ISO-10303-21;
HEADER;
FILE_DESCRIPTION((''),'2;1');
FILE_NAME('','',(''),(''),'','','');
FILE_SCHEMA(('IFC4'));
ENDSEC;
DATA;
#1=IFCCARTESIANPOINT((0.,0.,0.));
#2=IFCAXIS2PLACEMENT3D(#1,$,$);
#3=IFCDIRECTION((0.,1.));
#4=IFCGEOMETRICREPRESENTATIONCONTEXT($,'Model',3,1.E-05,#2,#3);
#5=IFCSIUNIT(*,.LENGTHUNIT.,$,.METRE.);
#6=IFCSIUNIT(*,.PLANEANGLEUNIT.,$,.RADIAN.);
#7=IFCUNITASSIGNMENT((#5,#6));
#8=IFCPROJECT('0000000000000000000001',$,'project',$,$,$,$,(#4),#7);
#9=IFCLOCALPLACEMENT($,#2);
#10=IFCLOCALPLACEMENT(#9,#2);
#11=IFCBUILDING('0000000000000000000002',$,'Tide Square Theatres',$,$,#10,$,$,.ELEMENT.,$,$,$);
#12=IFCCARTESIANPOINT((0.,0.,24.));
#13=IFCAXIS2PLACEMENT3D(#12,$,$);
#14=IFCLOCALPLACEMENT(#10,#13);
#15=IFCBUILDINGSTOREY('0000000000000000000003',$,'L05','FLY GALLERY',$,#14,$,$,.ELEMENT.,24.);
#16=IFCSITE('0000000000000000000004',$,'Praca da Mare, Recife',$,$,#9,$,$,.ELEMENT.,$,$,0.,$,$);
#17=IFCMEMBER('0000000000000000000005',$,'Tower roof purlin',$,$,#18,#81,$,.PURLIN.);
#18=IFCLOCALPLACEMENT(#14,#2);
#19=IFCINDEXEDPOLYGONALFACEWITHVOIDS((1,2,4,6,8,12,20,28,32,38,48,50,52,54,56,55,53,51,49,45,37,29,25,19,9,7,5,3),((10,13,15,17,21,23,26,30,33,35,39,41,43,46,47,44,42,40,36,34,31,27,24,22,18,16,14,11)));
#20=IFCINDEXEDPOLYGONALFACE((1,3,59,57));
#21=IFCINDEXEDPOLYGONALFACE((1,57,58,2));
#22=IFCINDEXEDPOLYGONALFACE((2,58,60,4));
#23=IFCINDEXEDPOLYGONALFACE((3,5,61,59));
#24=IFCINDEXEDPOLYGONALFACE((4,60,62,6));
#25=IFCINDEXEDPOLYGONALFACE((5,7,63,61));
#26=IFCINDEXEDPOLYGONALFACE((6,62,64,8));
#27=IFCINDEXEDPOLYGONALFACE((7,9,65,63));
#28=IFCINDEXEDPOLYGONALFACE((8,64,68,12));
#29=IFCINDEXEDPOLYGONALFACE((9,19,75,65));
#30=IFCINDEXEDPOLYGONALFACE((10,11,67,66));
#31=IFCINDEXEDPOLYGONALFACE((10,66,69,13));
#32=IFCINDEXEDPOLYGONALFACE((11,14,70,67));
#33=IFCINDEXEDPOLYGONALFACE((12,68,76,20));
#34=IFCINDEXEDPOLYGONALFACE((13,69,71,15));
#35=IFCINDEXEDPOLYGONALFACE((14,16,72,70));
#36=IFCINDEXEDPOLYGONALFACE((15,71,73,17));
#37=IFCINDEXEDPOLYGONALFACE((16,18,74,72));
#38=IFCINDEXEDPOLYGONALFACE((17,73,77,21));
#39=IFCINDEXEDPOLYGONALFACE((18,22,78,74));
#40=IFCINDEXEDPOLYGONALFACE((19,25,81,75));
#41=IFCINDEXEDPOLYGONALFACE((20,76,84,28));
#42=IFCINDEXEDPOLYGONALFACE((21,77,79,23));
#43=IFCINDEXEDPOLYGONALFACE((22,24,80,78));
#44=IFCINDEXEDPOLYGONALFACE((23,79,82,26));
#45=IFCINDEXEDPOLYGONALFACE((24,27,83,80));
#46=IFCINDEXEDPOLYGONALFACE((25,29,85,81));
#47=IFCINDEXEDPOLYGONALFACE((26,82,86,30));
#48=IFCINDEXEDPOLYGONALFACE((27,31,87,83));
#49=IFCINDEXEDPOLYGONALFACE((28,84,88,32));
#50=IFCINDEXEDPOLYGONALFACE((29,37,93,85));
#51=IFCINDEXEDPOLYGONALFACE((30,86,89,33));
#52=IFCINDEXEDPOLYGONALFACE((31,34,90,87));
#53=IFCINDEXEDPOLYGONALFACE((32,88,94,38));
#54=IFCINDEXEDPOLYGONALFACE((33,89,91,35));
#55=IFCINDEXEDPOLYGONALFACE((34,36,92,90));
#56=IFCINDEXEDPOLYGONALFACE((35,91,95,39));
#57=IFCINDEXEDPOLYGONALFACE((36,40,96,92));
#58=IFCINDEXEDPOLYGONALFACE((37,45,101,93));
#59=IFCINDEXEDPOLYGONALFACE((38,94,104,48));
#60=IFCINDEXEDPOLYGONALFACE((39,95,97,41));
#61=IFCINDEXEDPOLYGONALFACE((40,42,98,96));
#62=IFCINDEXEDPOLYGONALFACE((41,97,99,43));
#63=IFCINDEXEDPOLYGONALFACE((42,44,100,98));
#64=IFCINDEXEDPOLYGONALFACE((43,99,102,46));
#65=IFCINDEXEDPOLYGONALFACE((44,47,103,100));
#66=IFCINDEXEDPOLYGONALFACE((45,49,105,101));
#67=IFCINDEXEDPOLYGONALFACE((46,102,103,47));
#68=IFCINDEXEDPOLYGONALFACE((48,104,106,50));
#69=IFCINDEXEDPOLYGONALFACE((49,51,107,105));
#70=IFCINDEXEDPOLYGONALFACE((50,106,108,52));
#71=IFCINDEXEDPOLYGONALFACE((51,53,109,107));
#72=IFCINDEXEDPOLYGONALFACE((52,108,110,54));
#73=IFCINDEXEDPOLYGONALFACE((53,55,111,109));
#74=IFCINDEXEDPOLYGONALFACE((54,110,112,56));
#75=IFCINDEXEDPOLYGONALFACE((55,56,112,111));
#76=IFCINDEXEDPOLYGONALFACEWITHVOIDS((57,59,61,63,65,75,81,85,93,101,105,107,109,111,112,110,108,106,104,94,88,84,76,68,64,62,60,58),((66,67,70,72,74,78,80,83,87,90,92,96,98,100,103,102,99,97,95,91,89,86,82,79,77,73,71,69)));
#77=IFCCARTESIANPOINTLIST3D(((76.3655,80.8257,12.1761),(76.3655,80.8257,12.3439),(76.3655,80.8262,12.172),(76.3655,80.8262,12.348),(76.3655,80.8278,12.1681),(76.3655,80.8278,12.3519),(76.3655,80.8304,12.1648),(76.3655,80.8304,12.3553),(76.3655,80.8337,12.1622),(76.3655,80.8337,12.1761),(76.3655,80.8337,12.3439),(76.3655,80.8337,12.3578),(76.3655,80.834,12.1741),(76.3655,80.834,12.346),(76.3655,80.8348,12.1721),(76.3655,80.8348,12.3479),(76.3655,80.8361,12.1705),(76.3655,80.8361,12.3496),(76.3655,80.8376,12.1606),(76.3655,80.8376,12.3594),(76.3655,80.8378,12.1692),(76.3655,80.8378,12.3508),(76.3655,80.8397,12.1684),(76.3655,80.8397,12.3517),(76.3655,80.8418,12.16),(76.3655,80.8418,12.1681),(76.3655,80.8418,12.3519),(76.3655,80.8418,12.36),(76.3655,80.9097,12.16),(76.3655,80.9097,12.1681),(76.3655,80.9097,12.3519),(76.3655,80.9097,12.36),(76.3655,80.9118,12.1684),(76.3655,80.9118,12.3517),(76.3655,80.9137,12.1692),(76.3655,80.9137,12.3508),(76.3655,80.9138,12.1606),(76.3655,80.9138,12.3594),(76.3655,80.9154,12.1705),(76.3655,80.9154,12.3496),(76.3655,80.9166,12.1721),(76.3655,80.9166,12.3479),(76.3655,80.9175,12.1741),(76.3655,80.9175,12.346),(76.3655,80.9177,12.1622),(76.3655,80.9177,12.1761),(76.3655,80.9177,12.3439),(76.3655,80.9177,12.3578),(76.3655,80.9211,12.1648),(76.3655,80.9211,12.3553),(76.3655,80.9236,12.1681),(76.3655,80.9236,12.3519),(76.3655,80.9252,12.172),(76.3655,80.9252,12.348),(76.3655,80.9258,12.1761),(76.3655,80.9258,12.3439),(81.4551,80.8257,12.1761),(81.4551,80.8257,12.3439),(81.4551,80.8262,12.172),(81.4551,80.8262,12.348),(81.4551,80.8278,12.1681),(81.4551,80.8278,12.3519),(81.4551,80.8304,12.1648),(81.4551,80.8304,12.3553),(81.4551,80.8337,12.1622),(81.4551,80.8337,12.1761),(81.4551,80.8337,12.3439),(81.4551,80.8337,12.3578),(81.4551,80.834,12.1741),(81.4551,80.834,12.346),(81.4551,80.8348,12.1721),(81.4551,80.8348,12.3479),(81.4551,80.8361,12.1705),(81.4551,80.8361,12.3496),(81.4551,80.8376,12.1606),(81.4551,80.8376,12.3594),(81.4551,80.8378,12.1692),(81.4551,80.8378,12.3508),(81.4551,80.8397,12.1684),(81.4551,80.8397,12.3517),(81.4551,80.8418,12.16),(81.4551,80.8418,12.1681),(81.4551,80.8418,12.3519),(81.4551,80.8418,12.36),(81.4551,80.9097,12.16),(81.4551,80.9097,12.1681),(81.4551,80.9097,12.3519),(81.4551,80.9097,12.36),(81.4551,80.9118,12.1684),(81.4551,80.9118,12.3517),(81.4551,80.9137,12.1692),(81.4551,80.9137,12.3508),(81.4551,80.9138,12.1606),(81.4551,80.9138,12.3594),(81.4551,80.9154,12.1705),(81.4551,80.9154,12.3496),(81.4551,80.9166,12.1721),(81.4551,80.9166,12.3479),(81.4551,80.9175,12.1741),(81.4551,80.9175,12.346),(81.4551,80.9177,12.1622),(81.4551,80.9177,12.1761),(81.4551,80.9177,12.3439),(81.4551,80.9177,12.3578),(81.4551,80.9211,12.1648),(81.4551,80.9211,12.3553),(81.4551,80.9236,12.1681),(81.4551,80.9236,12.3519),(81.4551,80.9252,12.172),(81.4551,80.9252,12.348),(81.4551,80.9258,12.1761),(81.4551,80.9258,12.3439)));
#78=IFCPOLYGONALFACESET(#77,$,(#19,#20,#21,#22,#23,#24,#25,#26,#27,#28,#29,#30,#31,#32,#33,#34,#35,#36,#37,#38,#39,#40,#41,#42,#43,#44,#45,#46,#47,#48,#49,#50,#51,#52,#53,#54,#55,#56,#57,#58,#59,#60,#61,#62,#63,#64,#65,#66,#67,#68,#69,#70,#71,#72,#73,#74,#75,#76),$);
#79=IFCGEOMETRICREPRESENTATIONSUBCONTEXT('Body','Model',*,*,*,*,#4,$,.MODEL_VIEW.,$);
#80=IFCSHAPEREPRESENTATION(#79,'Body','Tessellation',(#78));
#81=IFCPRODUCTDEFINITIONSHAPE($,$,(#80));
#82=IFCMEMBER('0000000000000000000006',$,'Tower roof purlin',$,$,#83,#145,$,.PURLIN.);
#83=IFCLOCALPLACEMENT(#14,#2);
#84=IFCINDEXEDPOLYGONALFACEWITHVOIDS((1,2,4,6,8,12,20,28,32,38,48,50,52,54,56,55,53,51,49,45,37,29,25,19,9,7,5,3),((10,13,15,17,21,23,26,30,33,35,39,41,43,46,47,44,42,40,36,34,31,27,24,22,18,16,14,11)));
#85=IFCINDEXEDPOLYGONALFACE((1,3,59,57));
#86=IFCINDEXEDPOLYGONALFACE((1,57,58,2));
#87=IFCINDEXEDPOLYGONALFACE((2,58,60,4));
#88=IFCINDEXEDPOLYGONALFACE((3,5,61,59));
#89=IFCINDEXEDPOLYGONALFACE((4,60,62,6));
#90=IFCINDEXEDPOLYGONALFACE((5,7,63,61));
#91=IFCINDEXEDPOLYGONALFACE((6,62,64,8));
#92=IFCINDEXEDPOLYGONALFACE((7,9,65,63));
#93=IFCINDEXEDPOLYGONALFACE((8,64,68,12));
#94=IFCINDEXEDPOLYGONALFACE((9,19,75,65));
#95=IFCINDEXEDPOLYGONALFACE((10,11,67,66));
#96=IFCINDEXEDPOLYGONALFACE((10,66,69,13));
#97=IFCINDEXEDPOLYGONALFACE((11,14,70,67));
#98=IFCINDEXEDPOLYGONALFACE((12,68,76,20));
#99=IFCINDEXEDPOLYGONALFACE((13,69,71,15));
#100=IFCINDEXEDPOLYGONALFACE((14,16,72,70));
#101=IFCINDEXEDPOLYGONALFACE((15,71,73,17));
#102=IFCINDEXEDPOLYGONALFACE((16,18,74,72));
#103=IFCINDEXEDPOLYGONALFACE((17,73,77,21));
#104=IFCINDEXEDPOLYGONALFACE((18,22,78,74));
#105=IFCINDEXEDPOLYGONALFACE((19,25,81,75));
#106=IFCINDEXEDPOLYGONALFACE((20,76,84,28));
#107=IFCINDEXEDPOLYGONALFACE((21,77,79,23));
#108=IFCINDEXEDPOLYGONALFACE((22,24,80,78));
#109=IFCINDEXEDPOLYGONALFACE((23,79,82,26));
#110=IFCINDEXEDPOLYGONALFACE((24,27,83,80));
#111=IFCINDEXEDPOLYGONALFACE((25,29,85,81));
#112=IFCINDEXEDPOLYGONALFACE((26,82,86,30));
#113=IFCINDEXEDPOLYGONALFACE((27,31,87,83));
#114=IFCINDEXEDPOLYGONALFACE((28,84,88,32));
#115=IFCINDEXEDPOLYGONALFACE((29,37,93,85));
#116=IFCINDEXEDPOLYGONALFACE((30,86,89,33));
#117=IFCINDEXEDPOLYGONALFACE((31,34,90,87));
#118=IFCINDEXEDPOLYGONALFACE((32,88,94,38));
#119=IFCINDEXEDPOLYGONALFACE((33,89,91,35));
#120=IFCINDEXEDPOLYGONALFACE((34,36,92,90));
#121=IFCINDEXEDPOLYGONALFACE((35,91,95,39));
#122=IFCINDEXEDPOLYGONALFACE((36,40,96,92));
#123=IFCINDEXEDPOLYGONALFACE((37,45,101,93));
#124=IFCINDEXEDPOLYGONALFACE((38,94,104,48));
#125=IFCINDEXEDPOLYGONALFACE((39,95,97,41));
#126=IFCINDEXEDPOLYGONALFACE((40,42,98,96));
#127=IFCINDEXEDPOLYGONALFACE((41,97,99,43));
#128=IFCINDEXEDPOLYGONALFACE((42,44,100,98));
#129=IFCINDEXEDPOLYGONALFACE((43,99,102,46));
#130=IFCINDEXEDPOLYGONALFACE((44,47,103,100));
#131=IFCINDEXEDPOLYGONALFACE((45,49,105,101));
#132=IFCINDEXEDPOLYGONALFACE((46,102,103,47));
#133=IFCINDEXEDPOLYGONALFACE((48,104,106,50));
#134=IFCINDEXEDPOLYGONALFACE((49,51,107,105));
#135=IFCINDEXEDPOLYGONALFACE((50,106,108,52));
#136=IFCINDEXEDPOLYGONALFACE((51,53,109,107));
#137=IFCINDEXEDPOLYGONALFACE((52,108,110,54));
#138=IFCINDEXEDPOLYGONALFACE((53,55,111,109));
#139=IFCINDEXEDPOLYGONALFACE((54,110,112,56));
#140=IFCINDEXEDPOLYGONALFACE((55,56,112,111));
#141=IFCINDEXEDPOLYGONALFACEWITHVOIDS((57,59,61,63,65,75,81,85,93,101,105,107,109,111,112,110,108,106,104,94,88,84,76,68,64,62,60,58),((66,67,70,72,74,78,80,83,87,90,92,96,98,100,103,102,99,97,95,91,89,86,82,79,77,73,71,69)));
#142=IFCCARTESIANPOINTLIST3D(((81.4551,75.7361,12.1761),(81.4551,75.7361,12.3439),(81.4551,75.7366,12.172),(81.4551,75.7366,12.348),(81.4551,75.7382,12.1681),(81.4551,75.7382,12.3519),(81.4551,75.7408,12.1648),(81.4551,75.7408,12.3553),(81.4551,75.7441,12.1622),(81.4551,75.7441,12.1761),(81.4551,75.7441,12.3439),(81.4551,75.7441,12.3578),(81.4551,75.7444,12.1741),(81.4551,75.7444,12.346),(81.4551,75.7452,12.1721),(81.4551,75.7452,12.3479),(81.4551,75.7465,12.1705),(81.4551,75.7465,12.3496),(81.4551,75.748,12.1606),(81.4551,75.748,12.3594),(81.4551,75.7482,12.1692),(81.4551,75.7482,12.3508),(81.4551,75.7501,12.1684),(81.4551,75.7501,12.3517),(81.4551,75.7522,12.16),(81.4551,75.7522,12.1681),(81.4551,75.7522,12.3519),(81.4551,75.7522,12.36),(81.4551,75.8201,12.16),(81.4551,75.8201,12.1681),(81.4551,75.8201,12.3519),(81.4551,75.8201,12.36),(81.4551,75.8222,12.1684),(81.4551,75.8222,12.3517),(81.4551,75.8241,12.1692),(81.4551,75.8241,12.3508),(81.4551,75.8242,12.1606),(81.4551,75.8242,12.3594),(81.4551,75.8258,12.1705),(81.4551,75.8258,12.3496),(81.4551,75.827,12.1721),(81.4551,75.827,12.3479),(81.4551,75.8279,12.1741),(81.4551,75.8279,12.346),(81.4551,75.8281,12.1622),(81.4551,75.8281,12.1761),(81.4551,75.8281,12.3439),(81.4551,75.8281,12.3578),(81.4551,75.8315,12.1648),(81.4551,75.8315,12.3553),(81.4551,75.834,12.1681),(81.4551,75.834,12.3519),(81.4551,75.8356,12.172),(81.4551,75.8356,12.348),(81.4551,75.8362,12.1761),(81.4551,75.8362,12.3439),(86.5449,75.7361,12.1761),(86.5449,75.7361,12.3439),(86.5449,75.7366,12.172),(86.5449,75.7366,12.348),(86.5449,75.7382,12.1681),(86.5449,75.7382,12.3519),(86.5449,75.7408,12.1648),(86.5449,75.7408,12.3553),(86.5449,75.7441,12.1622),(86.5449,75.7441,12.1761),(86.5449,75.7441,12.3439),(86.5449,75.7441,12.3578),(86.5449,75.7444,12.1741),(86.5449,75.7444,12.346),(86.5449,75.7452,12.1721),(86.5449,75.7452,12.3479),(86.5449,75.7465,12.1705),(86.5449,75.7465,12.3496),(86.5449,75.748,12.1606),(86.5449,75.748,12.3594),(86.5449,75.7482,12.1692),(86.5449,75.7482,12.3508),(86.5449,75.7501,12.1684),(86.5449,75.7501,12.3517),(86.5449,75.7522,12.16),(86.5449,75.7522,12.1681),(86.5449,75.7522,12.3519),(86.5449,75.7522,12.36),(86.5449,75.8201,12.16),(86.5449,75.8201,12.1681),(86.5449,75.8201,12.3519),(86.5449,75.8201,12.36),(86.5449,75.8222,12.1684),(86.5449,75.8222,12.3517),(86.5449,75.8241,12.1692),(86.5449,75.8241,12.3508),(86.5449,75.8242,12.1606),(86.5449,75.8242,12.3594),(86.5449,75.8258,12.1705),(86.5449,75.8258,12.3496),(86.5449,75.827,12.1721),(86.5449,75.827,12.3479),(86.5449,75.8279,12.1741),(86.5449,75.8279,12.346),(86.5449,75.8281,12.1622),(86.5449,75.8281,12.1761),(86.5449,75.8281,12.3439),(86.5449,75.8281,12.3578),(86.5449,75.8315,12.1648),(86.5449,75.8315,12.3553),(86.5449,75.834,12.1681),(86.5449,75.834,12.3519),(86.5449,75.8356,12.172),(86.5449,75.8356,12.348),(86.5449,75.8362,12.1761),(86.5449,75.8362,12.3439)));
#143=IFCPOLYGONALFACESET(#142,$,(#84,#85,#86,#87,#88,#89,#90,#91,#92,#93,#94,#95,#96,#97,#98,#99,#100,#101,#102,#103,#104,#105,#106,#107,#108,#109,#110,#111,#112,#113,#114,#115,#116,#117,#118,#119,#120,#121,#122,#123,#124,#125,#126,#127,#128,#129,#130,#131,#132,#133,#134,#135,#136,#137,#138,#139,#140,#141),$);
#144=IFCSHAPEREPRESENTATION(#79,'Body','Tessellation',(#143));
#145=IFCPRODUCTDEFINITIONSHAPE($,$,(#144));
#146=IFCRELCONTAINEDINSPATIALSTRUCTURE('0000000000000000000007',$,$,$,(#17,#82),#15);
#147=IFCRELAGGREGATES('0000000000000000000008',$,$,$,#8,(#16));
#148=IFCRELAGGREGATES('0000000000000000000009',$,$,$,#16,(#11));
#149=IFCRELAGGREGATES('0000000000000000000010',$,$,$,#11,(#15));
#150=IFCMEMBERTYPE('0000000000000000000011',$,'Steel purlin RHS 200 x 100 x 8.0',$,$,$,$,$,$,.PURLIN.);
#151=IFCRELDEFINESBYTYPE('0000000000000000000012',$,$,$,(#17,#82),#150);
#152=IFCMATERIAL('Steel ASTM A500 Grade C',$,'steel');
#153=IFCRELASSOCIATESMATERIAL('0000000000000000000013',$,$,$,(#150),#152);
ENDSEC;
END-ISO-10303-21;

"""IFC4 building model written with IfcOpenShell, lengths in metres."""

from ifc_helpers import new_model, si_unit, direction, frame, origin, origin_2d, place, context, subcontext, project, spatial, hollow_rectangle, extrude, material, material_profile, profile_set, type_object, element, save


model = new_model("IFC4")

# Units and contexts
model_context = context("Model", 3, precision=1e-05, world=origin(), true_north=direction((0.0, 1.0)))
body_context = subcontext(model_context, "Body", "Model", "MODEL_VIEW")
ifc_project = project(units=[si_unit("LENGTHUNIT", "METRE"), si_unit("PLANEANGLEUNIT", "RADIAN")], contexts=[model_context])

# Site, building, storey
site_placement = place(None, origin())
site = spatial("IfcSite", under=ifc_project, at=site_placement, Name="Praca da Mare, Recife", CompositionType="ELEMENT", RefElevation=0.0)
building_placement = place(site_placement, origin())
building = spatial("IfcBuilding", under=site, at=building_placement, Name="Tide Square Theatres", CompositionType="ELEMENT")
storey_placement = place(building_placement, frame((0.0, 0.0, 24.0)))
storey = spatial("IfcBuildingStorey", under=building, at=storey_placement, Name="L05", Description="FLY GALLERY", CompositionType="ELEMENT", Elevation=24.0)

# Members
ifc_material_1 = material(Name="Steel ASTM A500 Grade C", Category="steel")
ifc_material_profile_1 = material_profile(ifc_material_1, hollow_rectangle(XDim=0.1001, YDim=0.2, WallThickness=0.0081, InnerFilletRadius=0.0081, OuterFilletRadius=0.0161, at=origin_2d()))
ifc_profile_set_1 = profile_set([ifc_material_profile_1], Name="Steel ASTM A500 Grade C")
member_type = type_object("IfcMemberType", Name="Steel purlin RHS 200 x 100 x 8.0", PredefinedType="PURLIN", material=ifc_profile_set_1)
for number, where, z_axis, x_axis, name in (
    (1, (76.3655, 80.8757, 12.26), (1.0, 0.0, 0.0), (0.0, 1.0, 0.0), "Tower roof purlin"),
):
    element("IfcMember", number, at=place(storey_placement, frame(where, z_axis=z_axis, x_axis=x_axis)), inside=storey, type_object=member_type, Name=name, PredefinedType="PURLIN", context=body_context, shape_type="SweptSolid", body=[
        extrude(hollow_rectangle(XDim=0.1001, YDim=0.2, WallThickness=0.0081, InnerFilletRadius=0.0081, OuterFilletRadius=0.0161, at=origin_2d()), origin(), (0.0, 0.0, 1.0), 5.0896),
    ])
for number, where, z_axis, x_axis, name in (
    (2, (81.4551, 75.7861, 12.26), (1.0, 0.0, 0.0), (0.0, 1.0, 0.0), "Tower roof purlin"),
):
    element("IfcMember", number, at=place(storey_placement, frame(where, z_axis=z_axis, x_axis=x_axis)), inside=storey, type_object=member_type, Name=name, PredefinedType="PURLIN", context=body_context, shape_type="SweptSolid", body=[
        extrude(hollow_rectangle(XDim=0.1001, YDim=0.2, WallThickness=0.0081, InnerFilletRadius=0.0081, OuterFilletRadius=0.0161, at=origin_2d()), origin(), (0.0, 0.0, 1.0), 5.0898),
    ])

save(model, "model.ifc")
